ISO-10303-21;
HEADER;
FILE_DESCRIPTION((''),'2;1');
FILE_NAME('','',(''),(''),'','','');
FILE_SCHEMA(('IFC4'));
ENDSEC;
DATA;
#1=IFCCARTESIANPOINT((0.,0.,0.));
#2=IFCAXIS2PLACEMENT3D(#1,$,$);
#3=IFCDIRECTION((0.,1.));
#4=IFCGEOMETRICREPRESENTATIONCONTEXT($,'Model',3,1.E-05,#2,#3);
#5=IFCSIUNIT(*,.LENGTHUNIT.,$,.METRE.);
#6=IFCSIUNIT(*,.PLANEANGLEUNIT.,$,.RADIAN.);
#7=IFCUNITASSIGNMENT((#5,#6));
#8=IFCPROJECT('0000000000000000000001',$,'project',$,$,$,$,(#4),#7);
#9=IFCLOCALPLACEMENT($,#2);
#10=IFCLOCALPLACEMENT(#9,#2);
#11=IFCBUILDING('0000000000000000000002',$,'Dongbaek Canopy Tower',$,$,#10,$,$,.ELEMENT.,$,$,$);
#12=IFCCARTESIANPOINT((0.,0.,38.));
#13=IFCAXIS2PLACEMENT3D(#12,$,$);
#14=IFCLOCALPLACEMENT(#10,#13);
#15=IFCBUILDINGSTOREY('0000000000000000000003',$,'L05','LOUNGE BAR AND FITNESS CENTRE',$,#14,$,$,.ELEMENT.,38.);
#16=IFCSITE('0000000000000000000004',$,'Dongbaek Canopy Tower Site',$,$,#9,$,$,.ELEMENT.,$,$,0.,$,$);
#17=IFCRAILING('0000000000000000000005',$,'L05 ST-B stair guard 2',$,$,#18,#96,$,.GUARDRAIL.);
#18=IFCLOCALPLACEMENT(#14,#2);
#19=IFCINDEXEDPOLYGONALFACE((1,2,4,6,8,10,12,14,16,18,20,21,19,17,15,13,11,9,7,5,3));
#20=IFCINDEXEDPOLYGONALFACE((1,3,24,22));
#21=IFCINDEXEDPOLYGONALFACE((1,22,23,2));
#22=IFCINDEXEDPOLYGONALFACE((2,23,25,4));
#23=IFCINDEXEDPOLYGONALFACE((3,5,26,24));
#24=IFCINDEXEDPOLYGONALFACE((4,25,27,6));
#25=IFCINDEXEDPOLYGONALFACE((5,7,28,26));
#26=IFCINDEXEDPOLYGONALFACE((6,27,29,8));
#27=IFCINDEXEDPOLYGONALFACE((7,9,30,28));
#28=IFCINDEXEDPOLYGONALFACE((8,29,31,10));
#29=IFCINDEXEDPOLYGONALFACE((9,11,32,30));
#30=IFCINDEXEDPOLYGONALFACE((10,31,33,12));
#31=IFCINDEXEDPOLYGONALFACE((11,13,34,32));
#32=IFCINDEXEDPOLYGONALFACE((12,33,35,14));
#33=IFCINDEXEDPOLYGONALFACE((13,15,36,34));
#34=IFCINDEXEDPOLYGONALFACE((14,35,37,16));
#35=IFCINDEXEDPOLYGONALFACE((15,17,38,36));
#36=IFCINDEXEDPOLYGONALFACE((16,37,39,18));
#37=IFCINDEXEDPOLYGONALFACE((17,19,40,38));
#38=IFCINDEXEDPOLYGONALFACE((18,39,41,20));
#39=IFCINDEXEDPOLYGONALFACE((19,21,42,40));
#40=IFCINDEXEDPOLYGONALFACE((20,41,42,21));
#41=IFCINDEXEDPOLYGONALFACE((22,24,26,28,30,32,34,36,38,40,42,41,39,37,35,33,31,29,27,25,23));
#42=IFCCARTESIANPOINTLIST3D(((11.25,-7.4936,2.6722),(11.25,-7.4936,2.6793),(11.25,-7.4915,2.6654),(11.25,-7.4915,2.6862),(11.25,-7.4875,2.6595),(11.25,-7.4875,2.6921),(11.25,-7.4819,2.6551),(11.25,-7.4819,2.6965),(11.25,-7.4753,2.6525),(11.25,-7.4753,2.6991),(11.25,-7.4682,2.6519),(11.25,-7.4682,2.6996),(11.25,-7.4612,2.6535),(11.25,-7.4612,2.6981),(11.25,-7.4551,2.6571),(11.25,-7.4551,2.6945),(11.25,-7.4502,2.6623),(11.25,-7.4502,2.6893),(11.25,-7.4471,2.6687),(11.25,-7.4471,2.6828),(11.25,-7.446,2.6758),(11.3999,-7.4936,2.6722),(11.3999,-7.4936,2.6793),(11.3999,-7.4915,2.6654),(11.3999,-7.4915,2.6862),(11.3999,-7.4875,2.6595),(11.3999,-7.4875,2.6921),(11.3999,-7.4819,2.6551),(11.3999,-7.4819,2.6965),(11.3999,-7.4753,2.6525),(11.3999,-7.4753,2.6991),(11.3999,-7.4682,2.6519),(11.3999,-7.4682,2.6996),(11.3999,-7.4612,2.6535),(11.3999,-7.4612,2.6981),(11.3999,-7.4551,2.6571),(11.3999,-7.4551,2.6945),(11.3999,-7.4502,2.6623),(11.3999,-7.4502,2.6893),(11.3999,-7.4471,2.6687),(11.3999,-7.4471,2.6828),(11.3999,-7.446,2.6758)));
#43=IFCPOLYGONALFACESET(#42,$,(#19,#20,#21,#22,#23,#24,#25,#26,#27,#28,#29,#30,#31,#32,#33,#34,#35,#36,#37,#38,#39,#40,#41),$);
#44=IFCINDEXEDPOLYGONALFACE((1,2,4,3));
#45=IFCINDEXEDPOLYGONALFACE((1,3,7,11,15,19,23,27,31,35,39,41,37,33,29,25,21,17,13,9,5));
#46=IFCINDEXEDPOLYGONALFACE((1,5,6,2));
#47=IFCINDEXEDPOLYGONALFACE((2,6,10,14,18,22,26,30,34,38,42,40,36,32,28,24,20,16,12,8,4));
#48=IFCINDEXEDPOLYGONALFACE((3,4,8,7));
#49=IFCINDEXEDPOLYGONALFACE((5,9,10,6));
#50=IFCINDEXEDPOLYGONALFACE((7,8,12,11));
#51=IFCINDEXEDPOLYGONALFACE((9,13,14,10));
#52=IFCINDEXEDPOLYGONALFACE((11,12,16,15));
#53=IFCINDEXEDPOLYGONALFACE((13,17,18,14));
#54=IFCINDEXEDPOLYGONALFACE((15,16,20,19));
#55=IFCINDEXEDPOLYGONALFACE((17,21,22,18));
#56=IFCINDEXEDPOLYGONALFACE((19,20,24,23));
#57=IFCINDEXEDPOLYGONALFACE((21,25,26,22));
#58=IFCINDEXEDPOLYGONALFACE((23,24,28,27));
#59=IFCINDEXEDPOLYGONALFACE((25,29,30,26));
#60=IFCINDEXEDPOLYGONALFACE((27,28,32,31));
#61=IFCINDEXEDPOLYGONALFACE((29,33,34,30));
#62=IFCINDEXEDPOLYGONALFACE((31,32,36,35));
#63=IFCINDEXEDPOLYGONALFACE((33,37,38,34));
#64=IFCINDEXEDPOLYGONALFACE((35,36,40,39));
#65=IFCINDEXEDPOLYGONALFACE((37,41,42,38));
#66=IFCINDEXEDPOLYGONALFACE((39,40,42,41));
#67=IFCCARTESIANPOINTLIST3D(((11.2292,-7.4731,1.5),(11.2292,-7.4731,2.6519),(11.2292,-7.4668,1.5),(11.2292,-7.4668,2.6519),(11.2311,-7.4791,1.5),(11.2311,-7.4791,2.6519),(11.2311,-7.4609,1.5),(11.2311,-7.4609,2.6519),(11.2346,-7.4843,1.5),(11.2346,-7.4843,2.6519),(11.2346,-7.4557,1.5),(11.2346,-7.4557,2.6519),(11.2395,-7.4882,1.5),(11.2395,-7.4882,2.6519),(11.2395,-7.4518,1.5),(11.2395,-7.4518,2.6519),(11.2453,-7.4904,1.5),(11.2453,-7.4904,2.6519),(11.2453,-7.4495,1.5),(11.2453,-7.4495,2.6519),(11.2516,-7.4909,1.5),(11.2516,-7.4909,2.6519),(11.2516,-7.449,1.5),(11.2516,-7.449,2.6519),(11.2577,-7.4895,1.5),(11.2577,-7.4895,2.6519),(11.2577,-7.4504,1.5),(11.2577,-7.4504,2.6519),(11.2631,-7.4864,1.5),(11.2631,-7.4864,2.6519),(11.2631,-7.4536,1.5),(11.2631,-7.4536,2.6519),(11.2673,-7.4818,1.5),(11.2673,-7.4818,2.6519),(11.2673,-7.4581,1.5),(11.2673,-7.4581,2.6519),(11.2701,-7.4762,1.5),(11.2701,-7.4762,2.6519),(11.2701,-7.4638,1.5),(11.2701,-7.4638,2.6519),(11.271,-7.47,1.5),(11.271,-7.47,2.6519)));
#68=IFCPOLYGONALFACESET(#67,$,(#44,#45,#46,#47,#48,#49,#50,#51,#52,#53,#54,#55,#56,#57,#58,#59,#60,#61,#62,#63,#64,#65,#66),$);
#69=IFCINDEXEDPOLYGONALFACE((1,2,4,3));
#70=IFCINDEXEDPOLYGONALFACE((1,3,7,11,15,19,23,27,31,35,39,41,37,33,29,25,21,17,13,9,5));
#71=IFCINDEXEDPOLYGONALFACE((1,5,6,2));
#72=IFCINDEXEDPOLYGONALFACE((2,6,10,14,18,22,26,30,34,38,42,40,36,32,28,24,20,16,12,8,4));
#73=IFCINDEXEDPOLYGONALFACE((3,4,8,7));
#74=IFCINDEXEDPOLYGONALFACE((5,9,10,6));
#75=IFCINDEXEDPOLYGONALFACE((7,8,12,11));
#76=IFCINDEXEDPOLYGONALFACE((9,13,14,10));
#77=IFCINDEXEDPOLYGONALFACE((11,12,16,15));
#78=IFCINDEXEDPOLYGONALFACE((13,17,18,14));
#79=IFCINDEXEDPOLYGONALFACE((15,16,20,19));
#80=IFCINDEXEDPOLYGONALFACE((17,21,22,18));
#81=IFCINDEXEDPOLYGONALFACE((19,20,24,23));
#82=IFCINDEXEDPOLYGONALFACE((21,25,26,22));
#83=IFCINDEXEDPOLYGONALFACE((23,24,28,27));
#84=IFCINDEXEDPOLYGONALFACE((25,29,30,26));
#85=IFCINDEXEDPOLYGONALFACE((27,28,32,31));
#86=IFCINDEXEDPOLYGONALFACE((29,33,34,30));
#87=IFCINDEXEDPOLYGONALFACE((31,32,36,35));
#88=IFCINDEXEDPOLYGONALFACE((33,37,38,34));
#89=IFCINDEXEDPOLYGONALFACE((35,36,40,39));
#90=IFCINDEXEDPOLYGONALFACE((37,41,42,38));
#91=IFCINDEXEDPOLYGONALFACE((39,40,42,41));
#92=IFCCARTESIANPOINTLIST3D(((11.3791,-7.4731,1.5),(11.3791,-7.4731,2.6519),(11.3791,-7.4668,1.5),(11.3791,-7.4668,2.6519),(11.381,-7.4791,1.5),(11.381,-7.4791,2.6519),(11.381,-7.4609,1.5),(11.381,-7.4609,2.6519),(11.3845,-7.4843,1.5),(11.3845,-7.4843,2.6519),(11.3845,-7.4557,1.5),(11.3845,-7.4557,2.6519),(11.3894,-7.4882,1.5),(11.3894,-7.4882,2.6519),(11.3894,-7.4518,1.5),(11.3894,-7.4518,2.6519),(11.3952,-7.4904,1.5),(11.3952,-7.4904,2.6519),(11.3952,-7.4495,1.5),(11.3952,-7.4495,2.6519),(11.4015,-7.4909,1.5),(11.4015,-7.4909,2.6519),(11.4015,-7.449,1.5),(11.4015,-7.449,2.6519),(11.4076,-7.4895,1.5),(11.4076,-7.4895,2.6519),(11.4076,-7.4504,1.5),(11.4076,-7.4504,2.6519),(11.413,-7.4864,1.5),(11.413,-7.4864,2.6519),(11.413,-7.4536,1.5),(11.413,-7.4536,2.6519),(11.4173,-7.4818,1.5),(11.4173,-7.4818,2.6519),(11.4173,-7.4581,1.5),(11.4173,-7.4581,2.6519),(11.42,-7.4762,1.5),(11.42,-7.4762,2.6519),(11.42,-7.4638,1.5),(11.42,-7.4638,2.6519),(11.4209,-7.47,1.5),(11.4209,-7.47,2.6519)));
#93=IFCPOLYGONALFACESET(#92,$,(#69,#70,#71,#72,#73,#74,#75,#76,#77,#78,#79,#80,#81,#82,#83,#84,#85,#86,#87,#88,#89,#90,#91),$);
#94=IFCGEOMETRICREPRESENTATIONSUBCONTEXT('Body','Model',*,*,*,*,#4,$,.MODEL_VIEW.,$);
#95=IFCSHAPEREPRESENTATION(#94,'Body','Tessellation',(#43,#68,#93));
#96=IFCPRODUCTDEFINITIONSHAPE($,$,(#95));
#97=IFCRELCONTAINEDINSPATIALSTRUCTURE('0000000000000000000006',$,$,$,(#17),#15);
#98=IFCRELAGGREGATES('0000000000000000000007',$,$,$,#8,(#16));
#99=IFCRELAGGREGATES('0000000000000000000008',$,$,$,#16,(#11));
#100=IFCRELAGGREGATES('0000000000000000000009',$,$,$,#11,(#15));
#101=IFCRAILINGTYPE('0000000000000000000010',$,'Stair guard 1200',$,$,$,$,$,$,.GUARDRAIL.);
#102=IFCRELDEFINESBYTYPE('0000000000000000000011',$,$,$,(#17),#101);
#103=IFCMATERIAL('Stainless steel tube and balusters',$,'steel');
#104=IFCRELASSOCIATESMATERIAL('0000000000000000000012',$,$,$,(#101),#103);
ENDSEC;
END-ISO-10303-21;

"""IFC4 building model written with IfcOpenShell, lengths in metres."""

from ifc_helpers import new_model, si_unit, direction, frame, origin, origin_2d, place, context, subcontext, project, spatial, circle, extrude, material, type_object, element, save


model = new_model("IFC4")

# Units and contexts
model_context = context("Model", 3, precision=1e-05, world=origin(), true_north=direction((0.0, 1.0)))
body_context = subcontext(model_context, "Body", "Model", "MODEL_VIEW")
ifc_project = project(units=[si_unit("LENGTHUNIT", "METRE"), si_unit("PLANEANGLEUNIT", "RADIAN")], contexts=[model_context])

# Site, building, storey
site_placement = place(None, origin())
site = spatial("IfcSite", under=ifc_project, at=site_placement, Name="Dongbaek Canopy Tower Site", CompositionType="ELEMENT", RefElevation=0.0)
building_placement = place(site_placement, origin())
building = spatial("IfcBuilding", under=site, at=building_placement, Name="Dongbaek Canopy Tower", CompositionType="ELEMENT")
storey_placement = place(building_placement, frame((0.0, 0.0, 38.0)))
storey = spatial("IfcBuildingStorey", under=building, at=storey_placement, Name="L05", Description="LOUNGE BAR AND FITNESS CENTRE", CompositionType="ELEMENT", Elevation=38.0)

# Railing
ifc_material_1 = material(Name="Stainless steel tube and balusters", Category="steel")
railing_type_1 = type_object("IfcRailingType", Name="Stair guard 1200", PredefinedType="GUARDRAIL", material=ifc_material_1)
railing_1_placement = place(storey_placement, frame((11.25, -7.47, 1.5)))
element("IfcRailing", 1, at=railing_1_placement, inside=storey, type_object=railing_type_1, Name="L05 ST-B stair guard 2", PredefinedType="GUARDRAIL", context=body_context, shape_type="SweptSolid", body=[
    extrude(circle(Radius=0.0239, at=origin_2d()), frame((0.0, 0.0, 1.1758), z_axis=(1.0, 0.0, 0.0), x_axis=(0.0, 1.0, 0.0)), (0.0, 0.0, 1.0), 0.1499),
    extrude(circle(Radius=0.021, at=origin_2d()), origin(), (0.0, 0.0, 1.0), 1.1519),
    extrude(circle(Radius=0.021, at=origin_2d()), frame((0.1499, 0.0, 0.0)), (0.0, 0.0, 1.0), 1.1519),
])

save(model, "model.ifc")
